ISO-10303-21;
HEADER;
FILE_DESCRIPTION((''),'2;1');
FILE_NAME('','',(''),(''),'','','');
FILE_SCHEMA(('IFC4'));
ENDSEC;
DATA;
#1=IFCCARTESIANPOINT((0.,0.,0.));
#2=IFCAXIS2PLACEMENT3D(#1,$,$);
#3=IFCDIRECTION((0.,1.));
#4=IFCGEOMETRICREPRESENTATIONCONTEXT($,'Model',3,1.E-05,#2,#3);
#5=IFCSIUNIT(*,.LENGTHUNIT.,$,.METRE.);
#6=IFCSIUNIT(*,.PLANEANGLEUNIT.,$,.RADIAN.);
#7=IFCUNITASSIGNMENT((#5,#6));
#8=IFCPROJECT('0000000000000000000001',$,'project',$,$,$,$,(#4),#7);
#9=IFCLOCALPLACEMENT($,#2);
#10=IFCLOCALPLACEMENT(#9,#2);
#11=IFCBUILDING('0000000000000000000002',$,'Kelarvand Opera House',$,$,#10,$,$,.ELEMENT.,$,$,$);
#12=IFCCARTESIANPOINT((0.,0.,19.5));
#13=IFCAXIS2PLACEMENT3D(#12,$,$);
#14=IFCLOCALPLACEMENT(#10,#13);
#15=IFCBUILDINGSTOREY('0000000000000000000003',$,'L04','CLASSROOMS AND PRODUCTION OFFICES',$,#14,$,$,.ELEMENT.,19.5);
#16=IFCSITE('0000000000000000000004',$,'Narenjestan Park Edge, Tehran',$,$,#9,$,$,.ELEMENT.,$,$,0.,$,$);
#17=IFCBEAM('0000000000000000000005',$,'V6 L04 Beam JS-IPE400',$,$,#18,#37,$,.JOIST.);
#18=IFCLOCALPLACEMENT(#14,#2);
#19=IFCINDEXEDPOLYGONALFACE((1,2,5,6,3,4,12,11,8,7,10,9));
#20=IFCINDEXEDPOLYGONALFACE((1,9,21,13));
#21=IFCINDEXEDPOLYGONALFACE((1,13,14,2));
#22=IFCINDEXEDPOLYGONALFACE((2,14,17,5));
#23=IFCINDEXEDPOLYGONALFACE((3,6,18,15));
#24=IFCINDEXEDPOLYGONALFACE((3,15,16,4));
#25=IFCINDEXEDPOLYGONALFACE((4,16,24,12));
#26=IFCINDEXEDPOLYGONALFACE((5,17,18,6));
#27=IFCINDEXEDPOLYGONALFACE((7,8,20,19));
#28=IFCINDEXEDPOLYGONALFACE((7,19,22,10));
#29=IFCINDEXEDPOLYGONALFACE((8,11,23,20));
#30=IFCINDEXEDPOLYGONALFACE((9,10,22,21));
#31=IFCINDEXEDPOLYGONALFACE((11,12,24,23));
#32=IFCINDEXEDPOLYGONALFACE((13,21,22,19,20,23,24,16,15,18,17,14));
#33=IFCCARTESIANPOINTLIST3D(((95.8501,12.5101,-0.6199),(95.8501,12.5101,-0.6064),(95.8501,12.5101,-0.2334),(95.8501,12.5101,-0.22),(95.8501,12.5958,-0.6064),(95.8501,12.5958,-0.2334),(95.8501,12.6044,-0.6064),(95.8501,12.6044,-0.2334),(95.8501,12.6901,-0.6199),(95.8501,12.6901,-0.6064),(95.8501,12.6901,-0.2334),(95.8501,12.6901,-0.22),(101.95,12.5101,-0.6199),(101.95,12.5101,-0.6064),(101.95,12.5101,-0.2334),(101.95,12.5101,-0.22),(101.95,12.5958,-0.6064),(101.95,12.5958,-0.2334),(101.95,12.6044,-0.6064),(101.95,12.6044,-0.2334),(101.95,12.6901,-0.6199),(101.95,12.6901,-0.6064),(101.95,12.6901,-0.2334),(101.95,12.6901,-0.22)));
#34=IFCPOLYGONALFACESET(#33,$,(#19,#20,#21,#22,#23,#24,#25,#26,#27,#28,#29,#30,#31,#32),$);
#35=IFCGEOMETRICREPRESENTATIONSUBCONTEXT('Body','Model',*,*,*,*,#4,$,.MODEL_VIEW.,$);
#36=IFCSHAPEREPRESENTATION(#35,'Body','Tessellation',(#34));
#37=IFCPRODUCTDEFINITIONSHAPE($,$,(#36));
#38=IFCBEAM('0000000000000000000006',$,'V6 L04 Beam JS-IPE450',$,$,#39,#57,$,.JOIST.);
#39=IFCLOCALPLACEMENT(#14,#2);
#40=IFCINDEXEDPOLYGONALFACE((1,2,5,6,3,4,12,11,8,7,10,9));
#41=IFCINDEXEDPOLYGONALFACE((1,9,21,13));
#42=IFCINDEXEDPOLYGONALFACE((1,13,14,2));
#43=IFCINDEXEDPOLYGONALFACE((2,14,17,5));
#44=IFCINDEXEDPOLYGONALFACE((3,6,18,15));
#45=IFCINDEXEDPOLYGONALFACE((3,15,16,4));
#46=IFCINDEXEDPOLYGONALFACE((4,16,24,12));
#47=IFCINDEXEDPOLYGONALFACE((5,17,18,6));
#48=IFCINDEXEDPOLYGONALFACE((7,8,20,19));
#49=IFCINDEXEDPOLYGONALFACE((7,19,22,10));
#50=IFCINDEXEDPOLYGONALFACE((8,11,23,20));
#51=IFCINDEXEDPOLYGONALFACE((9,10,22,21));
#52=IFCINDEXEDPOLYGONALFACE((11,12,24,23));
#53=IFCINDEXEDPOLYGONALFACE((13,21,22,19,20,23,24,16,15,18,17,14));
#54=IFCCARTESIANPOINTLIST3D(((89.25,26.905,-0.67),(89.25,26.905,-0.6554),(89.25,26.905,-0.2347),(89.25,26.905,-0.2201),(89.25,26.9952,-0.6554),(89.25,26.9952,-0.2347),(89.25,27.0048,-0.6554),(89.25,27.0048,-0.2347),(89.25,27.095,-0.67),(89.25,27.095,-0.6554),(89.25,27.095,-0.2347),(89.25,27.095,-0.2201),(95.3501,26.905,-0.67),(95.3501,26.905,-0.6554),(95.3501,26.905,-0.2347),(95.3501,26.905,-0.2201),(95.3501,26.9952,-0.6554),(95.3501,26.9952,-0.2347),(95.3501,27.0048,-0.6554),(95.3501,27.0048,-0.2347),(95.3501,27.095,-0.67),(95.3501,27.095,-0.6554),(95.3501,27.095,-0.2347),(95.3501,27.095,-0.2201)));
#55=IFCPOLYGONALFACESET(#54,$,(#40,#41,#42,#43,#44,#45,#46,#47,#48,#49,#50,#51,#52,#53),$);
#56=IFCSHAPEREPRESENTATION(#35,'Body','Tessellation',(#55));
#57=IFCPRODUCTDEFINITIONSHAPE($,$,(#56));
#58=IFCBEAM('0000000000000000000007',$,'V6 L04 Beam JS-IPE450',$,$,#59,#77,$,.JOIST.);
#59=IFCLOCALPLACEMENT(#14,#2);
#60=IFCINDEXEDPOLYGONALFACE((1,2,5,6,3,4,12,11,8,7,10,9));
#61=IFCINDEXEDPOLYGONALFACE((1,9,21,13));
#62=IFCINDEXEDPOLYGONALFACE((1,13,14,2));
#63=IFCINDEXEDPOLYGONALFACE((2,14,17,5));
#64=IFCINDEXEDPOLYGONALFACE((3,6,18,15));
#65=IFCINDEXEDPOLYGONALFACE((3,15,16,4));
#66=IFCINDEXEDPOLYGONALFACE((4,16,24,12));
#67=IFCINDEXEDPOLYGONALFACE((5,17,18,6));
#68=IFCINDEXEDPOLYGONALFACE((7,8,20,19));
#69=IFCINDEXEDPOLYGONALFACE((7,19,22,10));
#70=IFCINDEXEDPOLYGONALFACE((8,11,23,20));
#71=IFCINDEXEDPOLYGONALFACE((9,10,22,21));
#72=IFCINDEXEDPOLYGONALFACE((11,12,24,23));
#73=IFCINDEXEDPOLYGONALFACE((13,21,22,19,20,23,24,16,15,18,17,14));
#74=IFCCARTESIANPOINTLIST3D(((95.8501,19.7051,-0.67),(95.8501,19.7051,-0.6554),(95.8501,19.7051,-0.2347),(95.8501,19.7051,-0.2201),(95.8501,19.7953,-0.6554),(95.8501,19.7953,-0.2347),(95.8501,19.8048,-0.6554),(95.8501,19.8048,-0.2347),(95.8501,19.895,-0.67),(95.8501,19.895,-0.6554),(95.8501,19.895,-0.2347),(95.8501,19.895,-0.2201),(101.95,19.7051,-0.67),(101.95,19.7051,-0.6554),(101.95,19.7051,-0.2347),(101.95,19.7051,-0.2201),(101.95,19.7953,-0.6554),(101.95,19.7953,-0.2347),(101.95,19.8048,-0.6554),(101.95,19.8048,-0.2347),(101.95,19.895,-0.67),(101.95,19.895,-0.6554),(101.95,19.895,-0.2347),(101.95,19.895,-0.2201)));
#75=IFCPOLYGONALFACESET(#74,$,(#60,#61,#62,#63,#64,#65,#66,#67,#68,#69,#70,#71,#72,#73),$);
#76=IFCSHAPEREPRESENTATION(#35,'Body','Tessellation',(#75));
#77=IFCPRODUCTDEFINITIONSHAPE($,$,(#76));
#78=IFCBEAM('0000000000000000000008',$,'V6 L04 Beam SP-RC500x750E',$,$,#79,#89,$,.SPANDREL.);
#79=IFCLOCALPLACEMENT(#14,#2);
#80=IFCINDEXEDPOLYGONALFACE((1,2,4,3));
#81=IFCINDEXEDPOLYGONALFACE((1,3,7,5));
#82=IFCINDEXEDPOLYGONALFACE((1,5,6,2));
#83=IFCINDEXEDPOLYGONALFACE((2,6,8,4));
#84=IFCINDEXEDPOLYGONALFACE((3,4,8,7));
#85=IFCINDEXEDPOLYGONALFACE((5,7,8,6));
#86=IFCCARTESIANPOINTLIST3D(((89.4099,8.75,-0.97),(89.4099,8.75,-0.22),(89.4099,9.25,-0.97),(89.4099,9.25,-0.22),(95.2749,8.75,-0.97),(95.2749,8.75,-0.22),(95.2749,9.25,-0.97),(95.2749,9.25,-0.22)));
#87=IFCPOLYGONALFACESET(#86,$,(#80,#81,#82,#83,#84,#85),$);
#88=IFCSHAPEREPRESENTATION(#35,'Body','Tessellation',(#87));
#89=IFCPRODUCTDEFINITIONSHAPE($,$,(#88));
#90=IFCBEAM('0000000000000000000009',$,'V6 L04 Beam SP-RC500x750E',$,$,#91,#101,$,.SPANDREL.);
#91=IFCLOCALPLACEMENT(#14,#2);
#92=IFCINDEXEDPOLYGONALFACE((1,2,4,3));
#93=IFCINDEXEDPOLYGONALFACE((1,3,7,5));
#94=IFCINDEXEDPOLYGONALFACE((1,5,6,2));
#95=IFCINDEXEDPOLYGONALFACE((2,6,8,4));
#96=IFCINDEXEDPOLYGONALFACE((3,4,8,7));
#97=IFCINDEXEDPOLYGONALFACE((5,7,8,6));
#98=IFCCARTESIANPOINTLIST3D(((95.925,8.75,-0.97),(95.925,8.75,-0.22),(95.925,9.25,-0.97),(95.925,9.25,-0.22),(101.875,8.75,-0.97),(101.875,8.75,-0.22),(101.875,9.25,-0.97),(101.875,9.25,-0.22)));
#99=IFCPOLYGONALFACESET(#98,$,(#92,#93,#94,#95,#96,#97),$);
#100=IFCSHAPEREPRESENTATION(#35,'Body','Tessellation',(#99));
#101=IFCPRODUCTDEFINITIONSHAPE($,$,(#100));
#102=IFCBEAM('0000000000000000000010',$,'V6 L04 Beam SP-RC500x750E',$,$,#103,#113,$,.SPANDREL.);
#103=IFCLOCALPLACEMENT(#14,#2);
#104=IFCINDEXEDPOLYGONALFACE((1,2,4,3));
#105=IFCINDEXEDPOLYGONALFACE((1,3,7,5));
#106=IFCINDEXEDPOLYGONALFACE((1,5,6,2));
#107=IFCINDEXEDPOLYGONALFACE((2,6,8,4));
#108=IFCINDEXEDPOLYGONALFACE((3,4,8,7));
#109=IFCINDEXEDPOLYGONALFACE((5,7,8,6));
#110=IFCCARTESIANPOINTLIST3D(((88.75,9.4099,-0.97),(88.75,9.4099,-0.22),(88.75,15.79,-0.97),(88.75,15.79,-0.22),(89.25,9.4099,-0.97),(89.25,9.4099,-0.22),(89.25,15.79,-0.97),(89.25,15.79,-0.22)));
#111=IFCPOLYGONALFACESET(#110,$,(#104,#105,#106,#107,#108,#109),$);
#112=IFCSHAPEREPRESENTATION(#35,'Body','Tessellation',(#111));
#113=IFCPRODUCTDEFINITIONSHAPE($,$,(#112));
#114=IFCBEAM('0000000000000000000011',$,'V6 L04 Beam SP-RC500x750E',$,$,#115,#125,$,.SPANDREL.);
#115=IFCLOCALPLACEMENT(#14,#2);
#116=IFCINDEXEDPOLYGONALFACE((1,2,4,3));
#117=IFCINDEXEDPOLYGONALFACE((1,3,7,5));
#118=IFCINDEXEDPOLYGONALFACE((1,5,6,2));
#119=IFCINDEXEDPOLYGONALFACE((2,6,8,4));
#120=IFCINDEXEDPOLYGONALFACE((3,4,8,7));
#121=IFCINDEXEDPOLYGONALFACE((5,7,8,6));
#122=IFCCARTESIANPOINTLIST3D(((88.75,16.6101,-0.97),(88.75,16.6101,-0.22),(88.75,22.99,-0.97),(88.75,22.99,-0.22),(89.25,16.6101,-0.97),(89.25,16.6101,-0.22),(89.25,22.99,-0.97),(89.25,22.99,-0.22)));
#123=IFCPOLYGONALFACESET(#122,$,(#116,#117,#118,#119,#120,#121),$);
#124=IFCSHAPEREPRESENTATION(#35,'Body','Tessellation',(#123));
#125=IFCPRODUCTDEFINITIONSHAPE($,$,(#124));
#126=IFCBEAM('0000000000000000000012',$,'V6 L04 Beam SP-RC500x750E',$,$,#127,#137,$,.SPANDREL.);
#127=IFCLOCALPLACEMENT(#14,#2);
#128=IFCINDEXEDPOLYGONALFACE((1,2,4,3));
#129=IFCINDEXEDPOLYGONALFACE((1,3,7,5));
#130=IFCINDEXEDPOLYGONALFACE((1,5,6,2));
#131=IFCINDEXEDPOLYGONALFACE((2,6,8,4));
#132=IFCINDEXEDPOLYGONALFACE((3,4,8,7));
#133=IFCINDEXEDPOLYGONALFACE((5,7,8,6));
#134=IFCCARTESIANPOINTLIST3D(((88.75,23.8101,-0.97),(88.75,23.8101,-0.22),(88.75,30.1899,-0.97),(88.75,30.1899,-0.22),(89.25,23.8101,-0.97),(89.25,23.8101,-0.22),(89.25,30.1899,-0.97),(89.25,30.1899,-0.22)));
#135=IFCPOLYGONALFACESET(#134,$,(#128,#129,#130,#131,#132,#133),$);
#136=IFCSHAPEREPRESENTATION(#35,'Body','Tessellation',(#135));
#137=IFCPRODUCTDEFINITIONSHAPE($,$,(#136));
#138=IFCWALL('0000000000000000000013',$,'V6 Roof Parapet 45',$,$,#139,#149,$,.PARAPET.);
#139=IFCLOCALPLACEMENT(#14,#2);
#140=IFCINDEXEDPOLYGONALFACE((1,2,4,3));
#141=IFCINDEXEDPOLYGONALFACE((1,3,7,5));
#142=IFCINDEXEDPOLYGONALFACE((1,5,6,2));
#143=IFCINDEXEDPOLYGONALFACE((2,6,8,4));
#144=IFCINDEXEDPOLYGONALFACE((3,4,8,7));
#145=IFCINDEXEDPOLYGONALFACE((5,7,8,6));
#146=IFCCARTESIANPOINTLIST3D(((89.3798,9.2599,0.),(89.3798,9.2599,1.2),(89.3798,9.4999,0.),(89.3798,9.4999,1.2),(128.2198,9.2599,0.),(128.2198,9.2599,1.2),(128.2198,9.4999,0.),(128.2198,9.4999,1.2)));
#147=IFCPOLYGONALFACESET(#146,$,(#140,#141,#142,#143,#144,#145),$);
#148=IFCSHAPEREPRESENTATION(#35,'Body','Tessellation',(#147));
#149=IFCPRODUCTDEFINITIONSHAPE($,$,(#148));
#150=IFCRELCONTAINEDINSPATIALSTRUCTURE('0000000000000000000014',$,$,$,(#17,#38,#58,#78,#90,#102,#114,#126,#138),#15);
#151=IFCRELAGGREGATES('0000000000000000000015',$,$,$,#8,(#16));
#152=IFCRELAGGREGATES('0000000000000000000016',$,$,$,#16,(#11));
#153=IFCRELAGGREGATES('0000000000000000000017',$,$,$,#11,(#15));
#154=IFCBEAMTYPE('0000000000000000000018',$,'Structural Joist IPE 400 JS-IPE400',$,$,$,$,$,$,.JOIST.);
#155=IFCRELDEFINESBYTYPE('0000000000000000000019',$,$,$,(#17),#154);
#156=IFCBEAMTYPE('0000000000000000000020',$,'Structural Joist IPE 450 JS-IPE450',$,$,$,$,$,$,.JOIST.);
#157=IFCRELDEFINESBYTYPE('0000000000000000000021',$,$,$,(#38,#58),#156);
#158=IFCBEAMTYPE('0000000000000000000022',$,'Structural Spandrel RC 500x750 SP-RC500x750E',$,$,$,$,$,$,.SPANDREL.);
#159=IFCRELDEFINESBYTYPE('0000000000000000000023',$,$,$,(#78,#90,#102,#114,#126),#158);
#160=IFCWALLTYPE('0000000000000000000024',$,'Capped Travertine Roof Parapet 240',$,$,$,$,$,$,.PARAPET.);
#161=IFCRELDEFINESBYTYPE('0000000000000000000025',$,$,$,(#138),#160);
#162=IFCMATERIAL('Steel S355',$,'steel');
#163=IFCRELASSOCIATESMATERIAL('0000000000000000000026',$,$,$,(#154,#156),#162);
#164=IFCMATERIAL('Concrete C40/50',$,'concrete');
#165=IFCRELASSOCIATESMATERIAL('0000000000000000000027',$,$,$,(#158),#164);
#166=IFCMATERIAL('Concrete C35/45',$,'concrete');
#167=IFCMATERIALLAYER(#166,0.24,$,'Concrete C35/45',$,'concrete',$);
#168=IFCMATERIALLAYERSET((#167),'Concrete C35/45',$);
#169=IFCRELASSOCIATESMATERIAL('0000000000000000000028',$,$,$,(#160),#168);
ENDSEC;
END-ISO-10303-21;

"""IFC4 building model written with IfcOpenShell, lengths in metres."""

from ifc_helpers import new_model, si_unit, direction, frame, frame_2d, origin, origin_2d, place, context, subcontext, project, spatial, rectangle, i_section, extrude, material, layer, layer_set, material_profile, profile_set, type_object, element, save


model = new_model("IFC4")

# Units and contexts
model_context = context("Model", 3, precision=1e-05, world=origin(), true_north=direction((0.0, 1.0)))
body_context = subcontext(model_context, "Body", "Model", "MODEL_VIEW")
ifc_project = project(units=[si_unit("LENGTHUNIT", "METRE"), si_unit("PLANEANGLEUNIT", "RADIAN")], contexts=[model_context])

# Site, building, storey
site_placement = place(None, origin())
site = spatial("IfcSite", under=ifc_project, at=site_placement, Name="Narenjestan Park Edge, Tehran", CompositionType="ELEMENT", RefElevation=0.0)
building_placement = place(site_placement, origin())
building = spatial("IfcBuilding", under=site, at=building_placement, Name="Kelarvand Opera House", CompositionType="ELEMENT")
storey_placement = place(building_placement, frame((0.0, 0.0, 19.5)))
storey = spatial("IfcBuildingStorey", under=building, at=storey_placement, Name="L04", Description="CLASSROOMS AND PRODUCTION OFFICES", CompositionType="ELEMENT", Elevation=19.5)

# Beams
ifc_material_1 = material(Name="Concrete C40/50", Category="concrete")
ifc_material_2 = material(Name="Steel S355", Category="steel")
ifc_material_profile_1 = material_profile(ifc_material_2, i_section(OverallWidth=0.1799, OverallDepth=0.3999, WebThickness=0.0085, FlangeThickness=0.0134, at=origin_2d()), Name="IPE 400", Category="steel")
ifc_profile_set_1 = profile_set([ifc_material_profile_1], Name="Steel S355")
beam_type_1 = type_object("IfcBeamType", Name="Structural Joist IPE 400 JS-IPE400", PredefinedType="JOIST", material=ifc_profile_set_1)
beam_1_placement = place(storey_placement, frame((95.8501, 12.6001, -0.4199), z_axis=(1.0, 0.0, 0.0), x_axis=(0.0, 1.0, 0.0)))
element("IfcBeam", 1, at=beam_1_placement, inside=storey, type_object=beam_type_1, Name="V6 L04 Beam JS-IPE400", PredefinedType="JOIST", context=body_context, shape_type="SweptSolid", body=[
    extrude(i_section(OverallWidth=0.1799, OverallDepth=0.3999, WebThickness=0.0085, FlangeThickness=0.0134, at=origin_2d()), origin(), (0.0, 0.0, 1.0), 6.0999),
])
ifc_material_profile_2 = material_profile(ifc_material_2, i_section(OverallWidth=0.1899, OverallDepth=0.45, WebThickness=0.0095, FlangeThickness=0.0146, at=origin_2d()), Name="IPE 450", Category="steel")
ifc_profile_set_2 = profile_set([ifc_material_profile_2], Name="Steel S355")
beam_type_2 = type_object("IfcBeamType", Name="Structural Joist IPE 450 JS-IPE450", PredefinedType="JOIST", material=ifc_profile_set_2)
beam_2_placement = place(storey_placement, frame((89.25, 27.0, -0.4451), z_axis=(1.0, 0.0, 0.0), x_axis=(0.0, 1.0, 0.0)))
element("IfcBeam", 2, at=beam_2_placement, inside=storey, type_object=beam_type_2, Name="V6 L04 Beam JS-IPE450", PredefinedType="JOIST", context=body_context, shape_type="SweptSolid", body=[
    extrude(i_section(OverallWidth=0.1899, OverallDepth=0.45, WebThickness=0.0095, FlangeThickness=0.0146, at=origin_2d()), origin(), (0.0, 0.0, 1.0), 6.1001),
])
beam_3_placement = place(storey_placement, frame((95.8501, 19.8, -0.4451), z_axis=(1.0, 0.0, 0.0), x_axis=(0.0, 1.0, 0.0)))
element("IfcBeam", 3, at=beam_3_placement, inside=storey, type_object=beam_type_2, Name="V6 L04 Beam JS-IPE450", PredefinedType="JOIST", context=body_context, shape_type="SweptSolid", body=[
    extrude(i_section(OverallWidth=0.1899, OverallDepth=0.45, WebThickness=0.0095, FlangeThickness=0.0146, at=origin_2d()), origin(), (0.0, 0.0, 1.0), 6.0999),
])
ifc_material_profile_3 = material_profile(ifc_material_1, rectangle(XDim=0.5, YDim=0.75, at=origin_2d()), Name="RC 500x750", Category="concrete")
ifc_profile_set_3 = profile_set([ifc_material_profile_3], Name="Concrete C40/50")
beam_type_3 = type_object("IfcBeamType", Name="Structural Spandrel RC 500x750 SP-RC500x750E", PredefinedType="SPANDREL", material=ifc_profile_set_3)
beam_4_placement = place(storey_placement, frame((89.4099, 9.0, -0.595), z_axis=(1.0, 0.0, 0.0), x_axis=(0.0, 1.0, 0.0)))
element("IfcBeam", 4, at=beam_4_placement, inside=storey, type_object=beam_type_3, Name="V6 L04 Beam SP-RC500x750E", PredefinedType="SPANDREL", context=body_context, shape_type="SweptSolid", body=[
    extrude(rectangle(XDim=0.5, YDim=0.75, at=origin_2d()), origin(), (0.0, 0.0, 1.0), 5.865),
])
beam_5_placement = place(storey_placement, frame((95.925, 9.0, -0.595), z_axis=(1.0, 0.0, 0.0), x_axis=(0.0, 1.0, 0.0)))
element("IfcBeam", 5, at=beam_5_placement, inside=storey, type_object=beam_type_3, Name="V6 L04 Beam SP-RC500x750E", PredefinedType="SPANDREL", context=body_context, shape_type="SweptSolid", body=[
    extrude(rectangle(XDim=0.5, YDim=0.75, at=origin_2d()), origin(), (0.0, 0.0, 1.0), 5.95),
])
beam_6_placement = place(storey_placement, frame((89.0, 9.4099, -0.595), z_axis=(0.0, 1.0, 0.0), x_axis=(-1.0, 0.0, 0.0)))
element("IfcBeam", 6, at=beam_6_placement, inside=storey, type_object=beam_type_3, Name="V6 L04 Beam SP-RC500x750E", PredefinedType="SPANDREL", context=body_context, shape_type="SweptSolid", body=[
    extrude(rectangle(XDim=0.5, YDim=0.75, at=origin_2d()), origin(), (0.0, 0.0, 1.0), 6.3801),
])
for number, where, z_axis, x_axis, name in (
    (7, (89.0, 16.6101, -0.595), (0.0, 1.0, 0.0), (-1.0, 0.0, 0.0), "V6 L04 Beam SP-RC500x750E"),
    (8, (89.0, 23.8101, -0.595), (0.0, 1.0, 0.0), (-1.0, 0.0, 0.0), "V6 L04 Beam SP-RC500x750E"),
):
    element("IfcBeam", number, at=place(storey_placement, frame(where, z_axis=z_axis, x_axis=x_axis)), inside=storey, type_object=beam_type_3, Name=name, PredefinedType="SPANDREL", context=body_context, shape_type="SweptSolid", body=[
        extrude(rectangle(XDim=0.5, YDim=0.75, at=origin_2d()), origin(), (0.0, 0.0, 1.0), 6.3799),
    ])

# Wall
ifc_material_3 = material(Name="Concrete C35/45", Category="concrete")
ifc_layer = layer(ifc_material_3, 0.24, Name="Concrete C35/45", Category="concrete")
ifc_layer_set = layer_set([ifc_layer], Name="Concrete C35/45")
wall_type = type_object("IfcWallType", Name="Capped Travertine Roof Parapet 240", PredefinedType="PARAPET", material=ifc_layer_set)
wall_placement = place(storey_placement, frame((89.3799, 9.3799, 0.0), z_axis=(0.0, 0.0, 1.0), x_axis=(1.0, 0.0, 0.0)))
element("IfcWall", 9, at=wall_placement, inside=storey, type_object=wall_type, Name="V6 Roof Parapet 45", PredefinedType="PARAPET", context=body_context, shape_type="SweptSolid", body=[
    extrude(rectangle(XDim=38.8401, YDim=0.24, at=frame_2d((19.4199, 0.0))), origin(), (0.0, 0.0, 1.0), 1.2),
])

save(model, "model.ifc")
